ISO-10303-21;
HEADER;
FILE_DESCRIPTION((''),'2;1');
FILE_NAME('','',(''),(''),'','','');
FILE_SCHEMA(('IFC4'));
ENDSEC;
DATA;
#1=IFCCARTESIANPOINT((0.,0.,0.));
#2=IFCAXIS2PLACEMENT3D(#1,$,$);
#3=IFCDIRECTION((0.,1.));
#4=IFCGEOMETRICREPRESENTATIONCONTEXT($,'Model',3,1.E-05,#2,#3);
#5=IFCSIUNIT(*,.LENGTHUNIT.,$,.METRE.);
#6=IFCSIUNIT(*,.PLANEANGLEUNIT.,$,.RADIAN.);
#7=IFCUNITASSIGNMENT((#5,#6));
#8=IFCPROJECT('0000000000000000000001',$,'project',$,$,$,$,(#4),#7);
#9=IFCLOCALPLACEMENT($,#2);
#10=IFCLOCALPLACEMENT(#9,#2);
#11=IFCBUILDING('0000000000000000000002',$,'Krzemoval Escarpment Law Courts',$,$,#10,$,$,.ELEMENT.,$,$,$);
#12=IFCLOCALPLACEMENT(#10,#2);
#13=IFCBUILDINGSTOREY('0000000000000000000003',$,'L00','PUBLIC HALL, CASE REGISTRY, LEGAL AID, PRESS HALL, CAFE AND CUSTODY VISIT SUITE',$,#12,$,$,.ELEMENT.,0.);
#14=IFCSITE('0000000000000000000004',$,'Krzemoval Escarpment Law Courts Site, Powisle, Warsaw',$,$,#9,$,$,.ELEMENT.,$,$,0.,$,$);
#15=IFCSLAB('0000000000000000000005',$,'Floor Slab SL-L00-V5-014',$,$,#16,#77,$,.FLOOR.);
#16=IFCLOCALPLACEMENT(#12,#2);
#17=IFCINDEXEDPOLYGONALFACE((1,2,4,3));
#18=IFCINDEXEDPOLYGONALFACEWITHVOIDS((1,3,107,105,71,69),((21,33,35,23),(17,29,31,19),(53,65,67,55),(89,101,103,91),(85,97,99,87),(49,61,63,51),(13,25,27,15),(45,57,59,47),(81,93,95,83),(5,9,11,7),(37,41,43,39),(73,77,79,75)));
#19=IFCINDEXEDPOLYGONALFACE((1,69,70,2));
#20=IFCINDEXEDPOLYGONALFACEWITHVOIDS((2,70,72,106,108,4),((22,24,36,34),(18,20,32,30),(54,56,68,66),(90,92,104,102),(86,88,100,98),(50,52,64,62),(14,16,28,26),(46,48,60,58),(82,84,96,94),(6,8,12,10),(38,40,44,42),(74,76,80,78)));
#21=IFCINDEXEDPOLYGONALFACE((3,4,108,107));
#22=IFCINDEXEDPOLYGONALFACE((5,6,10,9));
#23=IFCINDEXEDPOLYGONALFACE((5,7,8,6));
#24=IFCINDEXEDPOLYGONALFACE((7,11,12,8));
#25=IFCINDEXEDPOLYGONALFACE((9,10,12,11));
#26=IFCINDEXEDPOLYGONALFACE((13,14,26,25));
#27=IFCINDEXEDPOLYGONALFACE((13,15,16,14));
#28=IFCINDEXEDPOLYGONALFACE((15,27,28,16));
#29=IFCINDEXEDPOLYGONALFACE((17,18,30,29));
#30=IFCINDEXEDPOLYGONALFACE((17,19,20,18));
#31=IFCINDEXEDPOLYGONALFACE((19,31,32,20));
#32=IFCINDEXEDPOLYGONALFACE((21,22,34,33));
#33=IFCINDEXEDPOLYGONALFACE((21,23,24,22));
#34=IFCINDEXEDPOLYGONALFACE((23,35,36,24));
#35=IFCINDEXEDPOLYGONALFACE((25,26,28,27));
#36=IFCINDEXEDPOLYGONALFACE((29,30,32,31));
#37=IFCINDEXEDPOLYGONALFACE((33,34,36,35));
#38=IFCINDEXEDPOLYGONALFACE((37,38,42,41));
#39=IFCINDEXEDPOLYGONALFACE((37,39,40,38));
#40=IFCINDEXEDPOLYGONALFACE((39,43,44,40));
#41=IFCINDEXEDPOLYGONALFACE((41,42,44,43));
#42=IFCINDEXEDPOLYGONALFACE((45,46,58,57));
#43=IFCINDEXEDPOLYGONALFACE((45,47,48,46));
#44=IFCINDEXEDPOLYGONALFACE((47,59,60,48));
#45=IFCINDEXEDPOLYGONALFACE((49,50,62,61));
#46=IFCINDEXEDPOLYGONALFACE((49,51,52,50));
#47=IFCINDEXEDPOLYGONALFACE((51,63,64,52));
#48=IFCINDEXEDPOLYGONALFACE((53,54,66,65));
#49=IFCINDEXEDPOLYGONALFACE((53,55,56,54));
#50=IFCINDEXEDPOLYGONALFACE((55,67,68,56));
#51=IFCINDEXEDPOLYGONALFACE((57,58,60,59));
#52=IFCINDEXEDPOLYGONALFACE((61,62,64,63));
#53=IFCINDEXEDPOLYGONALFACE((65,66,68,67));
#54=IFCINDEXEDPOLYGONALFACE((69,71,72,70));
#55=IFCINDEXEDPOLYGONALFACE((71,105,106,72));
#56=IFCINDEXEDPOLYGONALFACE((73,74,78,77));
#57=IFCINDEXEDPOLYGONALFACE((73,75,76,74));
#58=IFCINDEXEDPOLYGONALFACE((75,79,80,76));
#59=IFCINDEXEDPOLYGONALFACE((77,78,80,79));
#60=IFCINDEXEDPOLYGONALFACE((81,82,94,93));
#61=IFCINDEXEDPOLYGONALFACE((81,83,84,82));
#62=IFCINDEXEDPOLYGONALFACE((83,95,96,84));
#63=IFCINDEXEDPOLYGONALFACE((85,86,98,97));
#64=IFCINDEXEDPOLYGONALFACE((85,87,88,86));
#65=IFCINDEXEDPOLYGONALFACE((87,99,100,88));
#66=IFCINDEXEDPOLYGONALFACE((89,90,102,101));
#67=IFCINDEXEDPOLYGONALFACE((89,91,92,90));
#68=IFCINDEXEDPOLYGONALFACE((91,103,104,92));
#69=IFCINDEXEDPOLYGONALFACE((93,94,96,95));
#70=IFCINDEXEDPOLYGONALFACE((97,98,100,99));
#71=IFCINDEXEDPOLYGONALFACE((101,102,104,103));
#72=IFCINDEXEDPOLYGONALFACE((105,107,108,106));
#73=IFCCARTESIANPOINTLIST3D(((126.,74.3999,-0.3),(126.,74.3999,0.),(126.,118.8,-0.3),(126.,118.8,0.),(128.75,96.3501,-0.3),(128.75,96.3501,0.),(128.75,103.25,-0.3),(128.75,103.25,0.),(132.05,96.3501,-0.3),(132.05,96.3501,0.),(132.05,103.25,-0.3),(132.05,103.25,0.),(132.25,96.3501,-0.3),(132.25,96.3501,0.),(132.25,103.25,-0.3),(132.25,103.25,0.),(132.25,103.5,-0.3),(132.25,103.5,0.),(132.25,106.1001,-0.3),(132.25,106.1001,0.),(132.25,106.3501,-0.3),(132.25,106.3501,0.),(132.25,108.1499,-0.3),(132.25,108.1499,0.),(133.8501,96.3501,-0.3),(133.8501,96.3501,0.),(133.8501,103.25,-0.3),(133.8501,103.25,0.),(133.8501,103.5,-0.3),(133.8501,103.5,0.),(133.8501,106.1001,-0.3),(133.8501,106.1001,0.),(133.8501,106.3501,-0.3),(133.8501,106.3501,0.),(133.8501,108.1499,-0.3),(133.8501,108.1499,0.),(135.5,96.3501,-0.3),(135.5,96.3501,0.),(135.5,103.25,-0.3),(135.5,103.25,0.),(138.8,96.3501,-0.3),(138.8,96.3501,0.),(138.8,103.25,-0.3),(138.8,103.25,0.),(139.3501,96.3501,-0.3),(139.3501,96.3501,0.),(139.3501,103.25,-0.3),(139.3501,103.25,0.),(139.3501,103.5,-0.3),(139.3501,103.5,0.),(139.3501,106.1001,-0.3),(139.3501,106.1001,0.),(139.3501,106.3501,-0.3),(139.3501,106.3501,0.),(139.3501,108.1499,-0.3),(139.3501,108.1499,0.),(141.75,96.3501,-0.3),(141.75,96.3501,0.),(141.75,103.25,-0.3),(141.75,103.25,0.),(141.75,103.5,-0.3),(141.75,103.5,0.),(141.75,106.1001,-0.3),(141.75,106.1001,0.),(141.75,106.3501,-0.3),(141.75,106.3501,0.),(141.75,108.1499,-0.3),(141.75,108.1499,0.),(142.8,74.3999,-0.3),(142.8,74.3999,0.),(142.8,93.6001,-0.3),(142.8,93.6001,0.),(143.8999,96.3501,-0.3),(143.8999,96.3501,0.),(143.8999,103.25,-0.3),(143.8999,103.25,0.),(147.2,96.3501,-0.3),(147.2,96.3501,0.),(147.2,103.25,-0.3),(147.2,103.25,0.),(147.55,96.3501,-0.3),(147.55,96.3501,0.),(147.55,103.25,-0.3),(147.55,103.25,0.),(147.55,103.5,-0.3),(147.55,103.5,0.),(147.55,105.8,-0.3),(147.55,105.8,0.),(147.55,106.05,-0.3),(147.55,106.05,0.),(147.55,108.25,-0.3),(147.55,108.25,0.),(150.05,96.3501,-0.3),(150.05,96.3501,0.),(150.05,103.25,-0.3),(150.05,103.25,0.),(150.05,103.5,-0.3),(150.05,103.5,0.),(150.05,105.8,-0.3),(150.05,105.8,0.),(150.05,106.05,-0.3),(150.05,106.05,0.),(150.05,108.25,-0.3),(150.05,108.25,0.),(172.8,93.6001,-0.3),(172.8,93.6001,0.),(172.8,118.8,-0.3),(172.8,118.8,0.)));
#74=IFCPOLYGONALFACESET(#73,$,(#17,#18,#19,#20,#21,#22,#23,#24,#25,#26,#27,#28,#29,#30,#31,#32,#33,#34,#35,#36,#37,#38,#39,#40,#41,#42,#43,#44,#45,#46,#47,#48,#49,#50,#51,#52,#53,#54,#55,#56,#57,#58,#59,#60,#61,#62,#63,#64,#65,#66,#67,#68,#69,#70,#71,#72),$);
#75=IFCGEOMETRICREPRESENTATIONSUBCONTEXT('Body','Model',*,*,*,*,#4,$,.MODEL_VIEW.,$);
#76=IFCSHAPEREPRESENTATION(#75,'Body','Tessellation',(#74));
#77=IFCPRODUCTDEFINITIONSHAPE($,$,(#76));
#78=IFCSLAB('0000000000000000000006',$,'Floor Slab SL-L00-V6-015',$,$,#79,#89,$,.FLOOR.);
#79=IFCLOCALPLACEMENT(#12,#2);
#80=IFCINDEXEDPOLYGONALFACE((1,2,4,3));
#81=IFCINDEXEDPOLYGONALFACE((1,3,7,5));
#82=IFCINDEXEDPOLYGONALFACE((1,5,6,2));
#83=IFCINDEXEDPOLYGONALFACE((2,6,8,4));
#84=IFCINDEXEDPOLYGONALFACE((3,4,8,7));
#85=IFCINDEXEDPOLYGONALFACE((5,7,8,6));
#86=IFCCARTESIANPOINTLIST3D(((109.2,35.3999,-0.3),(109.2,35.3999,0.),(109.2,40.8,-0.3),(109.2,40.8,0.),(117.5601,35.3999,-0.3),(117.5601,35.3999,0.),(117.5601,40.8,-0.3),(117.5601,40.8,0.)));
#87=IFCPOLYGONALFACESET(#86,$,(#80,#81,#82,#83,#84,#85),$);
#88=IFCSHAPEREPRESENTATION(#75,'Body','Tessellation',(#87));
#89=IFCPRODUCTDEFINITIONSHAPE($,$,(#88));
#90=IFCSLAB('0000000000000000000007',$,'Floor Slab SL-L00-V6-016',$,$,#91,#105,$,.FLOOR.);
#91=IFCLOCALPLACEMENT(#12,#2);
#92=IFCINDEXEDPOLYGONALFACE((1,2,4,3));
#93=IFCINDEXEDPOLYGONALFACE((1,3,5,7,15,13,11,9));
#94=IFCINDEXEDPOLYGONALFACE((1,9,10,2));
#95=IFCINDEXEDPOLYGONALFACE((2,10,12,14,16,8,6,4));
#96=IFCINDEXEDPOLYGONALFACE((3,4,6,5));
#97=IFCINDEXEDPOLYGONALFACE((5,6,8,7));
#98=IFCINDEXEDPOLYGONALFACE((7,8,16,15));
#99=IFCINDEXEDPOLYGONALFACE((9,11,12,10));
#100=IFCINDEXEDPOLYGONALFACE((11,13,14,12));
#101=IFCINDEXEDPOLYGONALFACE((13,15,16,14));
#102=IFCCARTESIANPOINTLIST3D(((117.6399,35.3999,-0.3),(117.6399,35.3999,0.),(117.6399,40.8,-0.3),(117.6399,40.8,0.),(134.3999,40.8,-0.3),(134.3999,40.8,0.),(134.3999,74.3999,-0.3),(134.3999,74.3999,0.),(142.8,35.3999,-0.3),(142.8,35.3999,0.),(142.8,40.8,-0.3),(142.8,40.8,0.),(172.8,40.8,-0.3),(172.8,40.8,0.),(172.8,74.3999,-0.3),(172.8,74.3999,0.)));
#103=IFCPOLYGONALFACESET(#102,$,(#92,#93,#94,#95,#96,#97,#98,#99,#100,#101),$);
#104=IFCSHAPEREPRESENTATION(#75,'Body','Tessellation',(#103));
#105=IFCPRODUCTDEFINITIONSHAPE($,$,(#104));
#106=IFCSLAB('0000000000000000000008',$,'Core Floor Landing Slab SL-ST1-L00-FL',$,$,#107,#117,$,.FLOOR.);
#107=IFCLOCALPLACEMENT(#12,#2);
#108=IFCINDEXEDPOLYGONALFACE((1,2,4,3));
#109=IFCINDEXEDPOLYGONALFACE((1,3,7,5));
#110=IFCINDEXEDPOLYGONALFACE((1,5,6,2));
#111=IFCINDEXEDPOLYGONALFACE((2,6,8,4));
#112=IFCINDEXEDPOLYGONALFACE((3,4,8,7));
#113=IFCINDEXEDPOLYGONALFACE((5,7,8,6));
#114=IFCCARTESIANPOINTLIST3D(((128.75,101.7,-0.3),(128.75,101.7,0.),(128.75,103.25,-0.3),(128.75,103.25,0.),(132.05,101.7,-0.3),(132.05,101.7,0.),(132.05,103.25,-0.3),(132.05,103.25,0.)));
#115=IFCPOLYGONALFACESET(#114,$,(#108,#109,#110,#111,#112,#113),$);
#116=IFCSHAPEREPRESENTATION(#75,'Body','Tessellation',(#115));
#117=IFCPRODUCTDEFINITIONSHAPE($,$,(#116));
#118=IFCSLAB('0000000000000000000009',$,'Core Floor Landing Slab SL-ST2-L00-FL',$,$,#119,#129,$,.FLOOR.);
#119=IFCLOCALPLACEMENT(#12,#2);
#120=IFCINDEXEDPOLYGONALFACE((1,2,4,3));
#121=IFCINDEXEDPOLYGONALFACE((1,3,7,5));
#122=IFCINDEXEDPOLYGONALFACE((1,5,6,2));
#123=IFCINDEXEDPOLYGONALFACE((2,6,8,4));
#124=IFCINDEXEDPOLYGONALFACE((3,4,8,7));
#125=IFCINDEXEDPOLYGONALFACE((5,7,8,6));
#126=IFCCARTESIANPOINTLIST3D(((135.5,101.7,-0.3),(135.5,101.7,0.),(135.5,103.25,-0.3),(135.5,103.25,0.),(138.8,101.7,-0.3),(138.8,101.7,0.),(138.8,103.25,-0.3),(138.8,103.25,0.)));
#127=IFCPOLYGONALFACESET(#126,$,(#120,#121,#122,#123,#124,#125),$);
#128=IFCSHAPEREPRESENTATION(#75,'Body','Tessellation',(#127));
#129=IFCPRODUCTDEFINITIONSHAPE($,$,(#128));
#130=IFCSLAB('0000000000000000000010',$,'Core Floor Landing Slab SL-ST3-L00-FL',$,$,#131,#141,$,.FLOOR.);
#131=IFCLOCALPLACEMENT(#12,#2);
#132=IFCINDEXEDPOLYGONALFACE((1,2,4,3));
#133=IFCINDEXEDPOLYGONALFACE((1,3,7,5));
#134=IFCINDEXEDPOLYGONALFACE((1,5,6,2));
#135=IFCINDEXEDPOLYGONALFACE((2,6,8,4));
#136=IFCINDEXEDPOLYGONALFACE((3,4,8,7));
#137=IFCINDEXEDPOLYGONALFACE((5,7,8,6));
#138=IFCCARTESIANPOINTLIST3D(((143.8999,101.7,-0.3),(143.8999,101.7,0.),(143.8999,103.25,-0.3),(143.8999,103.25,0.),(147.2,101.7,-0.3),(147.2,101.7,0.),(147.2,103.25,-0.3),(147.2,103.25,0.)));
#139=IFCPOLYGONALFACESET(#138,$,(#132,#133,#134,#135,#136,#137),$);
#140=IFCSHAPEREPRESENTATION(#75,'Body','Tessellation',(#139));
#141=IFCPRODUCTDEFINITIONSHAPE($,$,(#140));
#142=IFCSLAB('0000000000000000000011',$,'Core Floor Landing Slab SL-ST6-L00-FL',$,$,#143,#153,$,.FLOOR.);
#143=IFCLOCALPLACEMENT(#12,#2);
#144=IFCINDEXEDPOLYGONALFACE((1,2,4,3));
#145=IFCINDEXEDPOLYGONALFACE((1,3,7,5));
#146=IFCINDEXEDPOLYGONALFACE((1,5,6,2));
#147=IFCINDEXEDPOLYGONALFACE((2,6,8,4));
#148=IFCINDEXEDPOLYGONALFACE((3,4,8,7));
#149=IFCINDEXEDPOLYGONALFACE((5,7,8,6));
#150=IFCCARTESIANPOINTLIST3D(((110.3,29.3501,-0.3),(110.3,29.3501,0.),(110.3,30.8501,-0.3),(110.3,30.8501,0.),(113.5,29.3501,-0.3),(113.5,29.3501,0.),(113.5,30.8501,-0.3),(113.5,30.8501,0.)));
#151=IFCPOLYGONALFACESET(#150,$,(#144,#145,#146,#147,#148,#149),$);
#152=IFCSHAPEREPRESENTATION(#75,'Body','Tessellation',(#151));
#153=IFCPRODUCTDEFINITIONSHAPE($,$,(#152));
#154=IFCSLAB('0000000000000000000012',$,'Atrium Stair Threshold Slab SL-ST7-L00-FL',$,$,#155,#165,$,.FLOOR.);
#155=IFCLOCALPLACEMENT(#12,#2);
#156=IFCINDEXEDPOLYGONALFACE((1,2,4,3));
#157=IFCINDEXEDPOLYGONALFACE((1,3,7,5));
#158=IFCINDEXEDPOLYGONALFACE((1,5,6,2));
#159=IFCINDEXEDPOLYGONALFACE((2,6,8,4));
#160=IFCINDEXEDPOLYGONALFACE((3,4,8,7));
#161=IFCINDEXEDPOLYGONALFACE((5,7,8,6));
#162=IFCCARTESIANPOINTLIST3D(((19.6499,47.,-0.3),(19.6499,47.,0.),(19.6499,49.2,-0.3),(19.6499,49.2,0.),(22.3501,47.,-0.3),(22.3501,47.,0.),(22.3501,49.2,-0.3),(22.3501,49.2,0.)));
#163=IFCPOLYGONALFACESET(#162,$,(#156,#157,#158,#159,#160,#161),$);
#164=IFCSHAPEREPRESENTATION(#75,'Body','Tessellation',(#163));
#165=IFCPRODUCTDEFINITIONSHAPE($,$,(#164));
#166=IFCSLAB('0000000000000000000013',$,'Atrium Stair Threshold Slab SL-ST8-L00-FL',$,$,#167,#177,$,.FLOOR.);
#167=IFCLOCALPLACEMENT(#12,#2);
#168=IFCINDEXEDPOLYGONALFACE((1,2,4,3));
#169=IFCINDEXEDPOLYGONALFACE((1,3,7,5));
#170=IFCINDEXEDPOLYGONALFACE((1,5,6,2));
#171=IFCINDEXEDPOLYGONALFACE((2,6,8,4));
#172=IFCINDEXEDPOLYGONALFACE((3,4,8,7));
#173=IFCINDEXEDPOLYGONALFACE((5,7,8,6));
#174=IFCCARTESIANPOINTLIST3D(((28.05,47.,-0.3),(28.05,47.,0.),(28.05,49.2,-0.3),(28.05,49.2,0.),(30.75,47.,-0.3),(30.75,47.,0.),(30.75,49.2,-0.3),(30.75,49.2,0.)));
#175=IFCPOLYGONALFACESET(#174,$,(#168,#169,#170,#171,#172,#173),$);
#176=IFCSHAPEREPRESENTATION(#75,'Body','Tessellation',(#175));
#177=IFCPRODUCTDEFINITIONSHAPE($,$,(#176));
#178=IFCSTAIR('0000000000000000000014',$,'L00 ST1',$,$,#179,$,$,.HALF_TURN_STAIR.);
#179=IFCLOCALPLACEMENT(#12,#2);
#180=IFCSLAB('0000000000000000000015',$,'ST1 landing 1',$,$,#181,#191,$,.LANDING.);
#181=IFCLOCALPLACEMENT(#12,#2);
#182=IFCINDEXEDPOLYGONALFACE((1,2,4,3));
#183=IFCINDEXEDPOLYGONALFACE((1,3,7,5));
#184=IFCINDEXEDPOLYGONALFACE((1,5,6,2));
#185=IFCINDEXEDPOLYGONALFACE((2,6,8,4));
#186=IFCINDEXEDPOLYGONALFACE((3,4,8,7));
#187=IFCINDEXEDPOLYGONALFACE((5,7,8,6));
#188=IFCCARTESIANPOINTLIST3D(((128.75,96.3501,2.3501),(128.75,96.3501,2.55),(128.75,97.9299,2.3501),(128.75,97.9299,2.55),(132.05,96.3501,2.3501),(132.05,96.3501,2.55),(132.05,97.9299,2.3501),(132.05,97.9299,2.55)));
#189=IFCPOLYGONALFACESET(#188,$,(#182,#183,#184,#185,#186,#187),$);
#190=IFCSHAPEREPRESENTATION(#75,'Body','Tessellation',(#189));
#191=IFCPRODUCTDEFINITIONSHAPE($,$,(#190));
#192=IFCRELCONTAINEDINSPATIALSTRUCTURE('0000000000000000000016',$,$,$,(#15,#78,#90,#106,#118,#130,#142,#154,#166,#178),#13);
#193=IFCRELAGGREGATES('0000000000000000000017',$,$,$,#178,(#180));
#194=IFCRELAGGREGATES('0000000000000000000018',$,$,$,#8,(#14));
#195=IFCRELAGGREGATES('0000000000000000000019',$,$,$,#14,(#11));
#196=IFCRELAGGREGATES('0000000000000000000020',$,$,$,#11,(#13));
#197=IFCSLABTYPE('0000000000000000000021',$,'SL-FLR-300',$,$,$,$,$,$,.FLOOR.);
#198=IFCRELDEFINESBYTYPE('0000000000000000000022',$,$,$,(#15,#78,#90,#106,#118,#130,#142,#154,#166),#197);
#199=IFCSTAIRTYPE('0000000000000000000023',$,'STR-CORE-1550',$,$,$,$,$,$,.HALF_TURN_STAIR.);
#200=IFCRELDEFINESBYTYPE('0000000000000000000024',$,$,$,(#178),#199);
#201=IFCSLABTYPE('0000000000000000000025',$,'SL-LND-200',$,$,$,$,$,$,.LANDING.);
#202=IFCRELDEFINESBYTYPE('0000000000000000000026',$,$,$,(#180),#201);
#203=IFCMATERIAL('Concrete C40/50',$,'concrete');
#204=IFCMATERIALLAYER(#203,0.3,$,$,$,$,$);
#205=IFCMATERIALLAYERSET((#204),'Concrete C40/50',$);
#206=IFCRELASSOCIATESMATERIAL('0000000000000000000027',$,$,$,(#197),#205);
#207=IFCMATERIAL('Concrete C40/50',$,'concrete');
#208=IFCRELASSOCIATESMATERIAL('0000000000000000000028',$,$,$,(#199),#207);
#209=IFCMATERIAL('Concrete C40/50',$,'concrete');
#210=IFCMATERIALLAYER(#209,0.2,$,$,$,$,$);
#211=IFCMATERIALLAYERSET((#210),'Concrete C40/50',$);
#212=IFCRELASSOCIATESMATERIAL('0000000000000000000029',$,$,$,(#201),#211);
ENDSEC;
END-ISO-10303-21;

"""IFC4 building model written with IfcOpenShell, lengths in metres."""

from ifc_helpers import new_model, si_unit, direction, frame, origin, place, context, subcontext, project, spatial, polyline, outline, extrude, material, layer, layer_set, type_object, element, aggregate, save


model = new_model("IFC4")

# Units and contexts
model_context = context("Model", 3, precision=1e-05, world=origin(), true_north=direction((0.0, 1.0)))
body_context = subcontext(model_context, "Body", "Model", "MODEL_VIEW")
ifc_project = project(units=[si_unit("LENGTHUNIT", "METRE"), si_unit("PLANEANGLEUNIT", "RADIAN")], contexts=[model_context])

# Site, building, storey
site_placement = place(None, origin())
site = spatial("IfcSite", under=ifc_project, at=site_placement, Name="Krzemoval Escarpment Law Courts Site, Powisle, Warsaw", CompositionType="ELEMENT", RefElevation=0.0)
building_placement = place(site_placement, origin())
building = spatial("IfcBuilding", under=site, at=building_placement, Name="Krzemoval Escarpment Law Courts", CompositionType="ELEMENT")
storey_placement = place(building_placement, origin())
storey = spatial("IfcBuildingStorey", under=building, at=storey_placement, Name="L00", Description="PUBLIC HALL, CASE REGISTRY, LEGAL AID, PRESS HALL, CAFE AND CUSTODY VISIT SUITE", CompositionType="ELEMENT", Elevation=0.0)

# Slabs
ifc_material_1 = material(Name="Concrete C40/50", Category="concrete")
ifc_layer_1 = layer(ifc_material_1, 0.3)
ifc_layer_set_1 = layer_set([ifc_layer_1], Name="Concrete C40/50")
slab_type_1 = type_object("IfcSlabType", Name="SL-FLR-300", PredefinedType="FLOOR", material=ifc_layer_set_1)
slab_1_placement = place(storey_placement, frame((0.0, 0.0, -0.3)))
element("IfcSlab", 1, at=slab_1_placement, inside=storey, type_object=slab_type_1, Name="Floor Slab SL-L00-V5-014", PredefinedType="FLOOR", context=body_context, shape_type="SweptSolid", body=[
    extrude(outline(polyline([(142.8, 93.6001), (142.8, 74.3999), (126.0, 74.3999), (126.0, 118.8), (172.8, 118.8), (172.8, 93.6001), (142.8, 93.6001)]), holes=[polyline([(133.8501, 103.5), (133.8501, 106.1001), (132.25, 106.1001), (132.25, 103.5), (133.8501, 103.5)]), polyline([(132.25, 106.3501), (133.8501, 106.3501), (133.8501, 108.1499), (132.25, 108.1499), (132.25, 106.3501)]), polyline([(132.25, 103.25), (132.25, 96.3501), (133.8501, 96.3501), (133.8501, 103.25), (132.25, 103.25)]), polyline([(141.75, 106.1001), (139.3501, 106.1001), (139.3501, 103.5), (141.75, 103.5), (141.75, 106.1001)]), polyline([(141.75, 106.3501), (141.75, 108.1499), (139.3501, 108.1499), (139.3501, 106.3501), (141.75, 106.3501)]), polyline([(139.3501, 96.3501), (141.75, 96.3501), (141.75, 103.25), (139.3501, 103.25), (139.3501, 96.3501)]), polyline([(147.55, 105.8), (147.55, 103.5), (150.05, 103.5), (150.05, 105.8), (147.55, 105.8)]), polyline([(150.05, 108.25), (147.55, 108.25), (147.55, 106.05), (150.05, 106.05), (150.05, 108.25)]), polyline([(150.05, 96.3501), (150.05, 103.25), (147.55, 103.25), (147.55, 96.3501), (150.05, 96.3501)]), polyline([(128.75, 96.3501), (132.05, 96.3501), (132.05, 103.25), (128.75, 103.25), (128.75, 96.3501)]), polyline([(135.5, 103.25), (135.5, 96.3501), (138.8, 96.3501), (138.8, 103.25), (135.5, 103.25)]), polyline([(147.2, 103.25), (143.8999, 103.25), (143.8999, 96.3501), (147.2, 96.3501), (147.2, 103.25)])]), origin(), (0.0, 0.0, 1.0), 0.3),
])
slab_2_placement = place(storey_placement, frame((0.0, 0.0, -0.3)))
element("IfcSlab", 2, at=slab_2_placement, inside=storey, type_object=slab_type_1, Name="Floor Slab SL-L00-V6-015", PredefinedType="FLOOR", context=body_context, shape_type="SweptSolid", body=[
    extrude(outline(polyline([(109.2, 35.3999), (109.2, 40.8), (117.5601, 40.8), (117.5601, 35.3999), (109.2, 35.3999)])), origin(), (0.0, 0.0, 1.0), 0.3),
])
slab_3_placement = place(storey_placement, frame((0.0, 0.0, -0.3)))
element("IfcSlab", 3, at=slab_3_placement, inside=storey, type_object=slab_type_1, Name="Floor Slab SL-L00-V6-016", PredefinedType="FLOOR", context=body_context, shape_type="SweptSolid", body=[
    extrude(outline(polyline([(117.6399, 35.3999), (117.6399, 40.8), (134.3999, 40.8), (134.3999, 74.3999), (172.8, 74.3999), (172.8, 40.8), (142.8, 40.8), (142.8, 35.3999), (117.6399, 35.3999)])), origin(), (0.0, 0.0, 1.0), 0.3),
])
slab_4_placement = place(storey_placement, frame((0.0, 0.0, -0.3)))
element("IfcSlab", 4, at=slab_4_placement, inside=storey, type_object=slab_type_1, Name="Core Floor Landing Slab SL-ST1-L00-FL", PredefinedType="FLOOR", context=body_context, shape_type="SweptSolid", body=[
    extrude(outline(polyline([(128.75, 103.25), (128.75, 101.7), (132.05, 101.7), (132.05, 103.25), (128.75, 103.25)])), origin(), (0.0, 0.0, 1.0), 0.3),
])
slab_5_placement = place(storey_placement, frame((0.0, 0.0, -0.3)))
element("IfcSlab", 5, at=slab_5_placement, inside=storey, type_object=slab_type_1, Name="Core Floor Landing Slab SL-ST2-L00-FL", PredefinedType="FLOOR", context=body_context, shape_type="SweptSolid", body=[
    extrude(outline(polyline([(135.5, 103.25), (135.5, 101.7), (138.8, 101.7), (138.8, 103.25), (135.5, 103.25)])), origin(), (0.0, 0.0, 1.0), 0.3),
])
slab_6_placement = place(storey_placement, frame((0.0, 0.0, -0.3)))
element("IfcSlab", 6, at=slab_6_placement, inside=storey, type_object=slab_type_1, Name="Core Floor Landing Slab SL-ST3-L00-FL", PredefinedType="FLOOR", context=body_context, shape_type="SweptSolid", body=[
    extrude(outline(polyline([(143.8999, 103.25), (143.8999, 101.7), (147.2, 101.7), (147.2, 103.25), (143.8999, 103.25)])), origin(), (0.0, 0.0, 1.0), 0.3),
])
slab_7_placement = place(storey_placement, frame((0.0, 0.0, -0.3)))
element("IfcSlab", 7, at=slab_7_placement, inside=storey, type_object=slab_type_1, Name="Core Floor Landing Slab SL-ST6-L00-FL", PredefinedType="FLOOR", context=body_context, shape_type="SweptSolid", body=[
    extrude(outline(polyline([(110.3, 30.8501), (110.3, 29.3501), (113.5, 29.3501), (113.5, 30.8501), (110.3, 30.8501)])), origin(), (0.0, 0.0, 1.0), 0.3),
])
slab_8_placement = place(storey_placement, frame((0.0, 0.0, -0.3)))
element("IfcSlab", 8, at=slab_8_placement, inside=storey, type_object=slab_type_1, Name="Atrium Stair Threshold Slab SL-ST7-L00-FL", PredefinedType="FLOOR", context=body_context, shape_type="SweptSolid", body=[
    extrude(outline(polyline([(22.3501, 47.0), (22.3501, 49.2), (19.6499, 49.2), (19.6499, 47.0), (22.3501, 47.0)])), origin(), (0.0, 0.0, 1.0), 0.3),
])
slab_9_placement = place(storey_placement, frame((0.0, 0.0, -0.3)))
element("IfcSlab", 9, at=slab_9_placement, inside=storey, type_object=slab_type_1, Name="Atrium Stair Threshold Slab SL-ST8-L00-FL", PredefinedType="FLOOR", context=body_context, shape_type="SweptSolid", body=[
    extrude(outline(polyline([(30.75, 47.0), (30.75, 49.2), (28.05, 49.2), (28.05, 47.0), (30.75, 47.0)])), origin(), (0.0, 0.0, 1.0), 0.3),
])

# Stair, slab
ifc_material_2 = material(Name="Concrete C40/50", Category="concrete")
stair_type_1 = type_object("IfcStairType", Name="STR-CORE-1550", PredefinedType="HALF_TURN_STAIR", material=ifc_material_2)
stair_1_placement = place(storey_placement, origin())
stair_1 = element("IfcStair", 10, at=stair_1_placement, inside=storey, type_object=stair_type_1, Name="L00 ST1", PredefinedType="HALF_TURN_STAIR")
ifc_material_3 = material(Name="Concrete C40/50", Category="concrete")
ifc_layer_2 = layer(ifc_material_3, 0.2)
ifc_layer_set_2 = layer_set([ifc_layer_2], Name="Concrete C40/50")
slab_type_2 = type_object("IfcSlabType", Name="SL-LND-200", PredefinedType="LANDING", material=ifc_layer_set_2)
slab_10_placement = place(storey_placement, frame((0.0, 0.0, 2.3501)))
slab_10 = element("IfcSlab", 11, at=slab_10_placement, type_object=slab_type_2, Name="ST1 landing 1", PredefinedType="LANDING", context=body_context, shape_type="SweptSolid", body=[
    extrude(outline(polyline([(128.75, 97.9299), (128.75, 96.3501), (132.05, 96.3501), (132.05, 97.9299), (128.75, 97.9299)])), origin(), (0.0, 0.0, 1.0), 0.2),
])
aggregate(stair_1, [slab_10])

save(model, "model.ifc")
